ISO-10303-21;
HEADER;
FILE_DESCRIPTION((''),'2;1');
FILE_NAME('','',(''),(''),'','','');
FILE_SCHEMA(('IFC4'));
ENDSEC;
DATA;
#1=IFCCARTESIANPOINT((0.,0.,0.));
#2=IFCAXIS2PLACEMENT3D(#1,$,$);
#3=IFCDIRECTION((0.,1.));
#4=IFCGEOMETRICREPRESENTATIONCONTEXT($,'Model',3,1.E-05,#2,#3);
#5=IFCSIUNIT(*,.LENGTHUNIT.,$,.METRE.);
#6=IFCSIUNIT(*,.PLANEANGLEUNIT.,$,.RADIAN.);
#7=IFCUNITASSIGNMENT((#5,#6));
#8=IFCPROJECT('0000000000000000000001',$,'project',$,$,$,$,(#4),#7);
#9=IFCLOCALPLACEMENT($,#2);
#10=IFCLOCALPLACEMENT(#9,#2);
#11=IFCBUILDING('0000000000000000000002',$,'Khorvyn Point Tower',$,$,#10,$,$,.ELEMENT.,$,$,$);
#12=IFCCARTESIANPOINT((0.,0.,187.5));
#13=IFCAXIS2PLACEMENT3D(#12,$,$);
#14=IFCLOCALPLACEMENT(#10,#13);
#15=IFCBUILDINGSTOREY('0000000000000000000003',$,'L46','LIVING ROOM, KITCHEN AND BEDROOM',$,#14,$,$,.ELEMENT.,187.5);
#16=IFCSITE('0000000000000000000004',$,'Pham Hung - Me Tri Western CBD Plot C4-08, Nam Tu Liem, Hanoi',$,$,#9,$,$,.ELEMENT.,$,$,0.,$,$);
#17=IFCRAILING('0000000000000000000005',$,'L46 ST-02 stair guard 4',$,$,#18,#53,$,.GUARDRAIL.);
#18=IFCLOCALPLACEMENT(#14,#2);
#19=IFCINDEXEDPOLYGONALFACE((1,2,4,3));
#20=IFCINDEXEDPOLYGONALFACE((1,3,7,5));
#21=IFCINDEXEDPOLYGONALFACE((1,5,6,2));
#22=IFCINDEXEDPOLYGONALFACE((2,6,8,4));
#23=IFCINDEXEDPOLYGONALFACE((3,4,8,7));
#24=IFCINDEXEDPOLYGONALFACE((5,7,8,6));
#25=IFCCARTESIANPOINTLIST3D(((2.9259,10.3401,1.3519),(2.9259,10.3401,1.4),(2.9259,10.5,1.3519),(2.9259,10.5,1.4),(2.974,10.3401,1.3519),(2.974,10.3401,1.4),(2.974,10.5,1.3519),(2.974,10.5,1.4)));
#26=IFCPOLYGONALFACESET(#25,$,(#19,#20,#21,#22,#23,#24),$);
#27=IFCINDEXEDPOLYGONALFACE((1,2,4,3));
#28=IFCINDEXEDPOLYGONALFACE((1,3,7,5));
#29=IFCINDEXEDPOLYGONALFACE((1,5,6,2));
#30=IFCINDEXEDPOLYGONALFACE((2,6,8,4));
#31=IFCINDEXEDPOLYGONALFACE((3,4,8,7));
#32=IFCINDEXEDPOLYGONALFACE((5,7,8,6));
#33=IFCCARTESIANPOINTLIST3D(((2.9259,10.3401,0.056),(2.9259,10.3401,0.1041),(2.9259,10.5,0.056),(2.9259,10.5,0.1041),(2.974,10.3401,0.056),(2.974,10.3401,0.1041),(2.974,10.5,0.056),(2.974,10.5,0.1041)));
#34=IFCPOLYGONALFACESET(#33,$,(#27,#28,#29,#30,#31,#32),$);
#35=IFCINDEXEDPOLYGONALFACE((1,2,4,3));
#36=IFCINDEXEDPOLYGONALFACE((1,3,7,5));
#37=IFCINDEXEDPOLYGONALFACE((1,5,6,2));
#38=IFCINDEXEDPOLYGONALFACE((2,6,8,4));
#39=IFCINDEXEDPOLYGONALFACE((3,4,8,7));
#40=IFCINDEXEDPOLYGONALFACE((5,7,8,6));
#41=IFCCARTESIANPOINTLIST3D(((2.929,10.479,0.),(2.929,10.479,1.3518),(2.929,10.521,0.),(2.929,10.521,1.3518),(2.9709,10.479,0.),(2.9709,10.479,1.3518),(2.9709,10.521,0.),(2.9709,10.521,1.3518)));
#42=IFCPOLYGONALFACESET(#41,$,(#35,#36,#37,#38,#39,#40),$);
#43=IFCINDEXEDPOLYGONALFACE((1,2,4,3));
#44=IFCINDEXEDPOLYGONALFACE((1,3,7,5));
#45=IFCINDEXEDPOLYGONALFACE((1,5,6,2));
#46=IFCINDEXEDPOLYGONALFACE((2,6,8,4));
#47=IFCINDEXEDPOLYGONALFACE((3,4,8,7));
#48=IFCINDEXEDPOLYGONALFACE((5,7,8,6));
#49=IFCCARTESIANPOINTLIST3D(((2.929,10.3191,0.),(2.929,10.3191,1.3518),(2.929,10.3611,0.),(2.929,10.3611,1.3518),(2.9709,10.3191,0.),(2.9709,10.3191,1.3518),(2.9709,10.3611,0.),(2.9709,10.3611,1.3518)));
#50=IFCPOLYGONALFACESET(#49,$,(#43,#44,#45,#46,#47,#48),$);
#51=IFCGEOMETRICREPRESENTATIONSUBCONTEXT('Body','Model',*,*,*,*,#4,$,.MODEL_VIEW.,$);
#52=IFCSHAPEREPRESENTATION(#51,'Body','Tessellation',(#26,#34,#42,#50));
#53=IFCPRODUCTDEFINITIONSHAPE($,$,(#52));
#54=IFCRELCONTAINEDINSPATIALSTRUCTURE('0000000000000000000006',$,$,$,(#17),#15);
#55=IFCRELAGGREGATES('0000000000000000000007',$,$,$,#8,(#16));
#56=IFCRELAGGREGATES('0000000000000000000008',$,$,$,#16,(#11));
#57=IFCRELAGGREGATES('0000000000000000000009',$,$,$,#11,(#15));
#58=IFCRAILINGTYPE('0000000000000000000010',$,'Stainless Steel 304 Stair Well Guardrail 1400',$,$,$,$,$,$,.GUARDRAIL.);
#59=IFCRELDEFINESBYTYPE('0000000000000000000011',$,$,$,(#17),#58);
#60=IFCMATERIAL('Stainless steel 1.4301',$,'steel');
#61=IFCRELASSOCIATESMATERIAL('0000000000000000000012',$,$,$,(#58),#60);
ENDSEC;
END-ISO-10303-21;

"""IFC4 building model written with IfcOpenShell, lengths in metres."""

from ifc_helpers import new_model, si_unit, direction, frame, origin, origin_2d, place, context, subcontext, project, spatial, rectangle, extrude, material, type_object, element, save


model = new_model("IFC4")

# Units and contexts
model_context = context("Model", 3, precision=1e-05, world=origin(), true_north=direction((0.0, 1.0)))
body_context = subcontext(model_context, "Body", "Model", "MODEL_VIEW")
ifc_project = project(units=[si_unit("LENGTHUNIT", "METRE"), si_unit("PLANEANGLEUNIT", "RADIAN")], contexts=[model_context])

# Site, building, storey
site_placement = place(None, origin())
site = spatial("IfcSite", under=ifc_project, at=site_placement, Name="Pham Hung - Me Tri Western CBD Plot C4-08, Nam Tu Liem, Hanoi", CompositionType="ELEMENT", RefElevation=0.0)
building_placement = place(site_placement, origin())
building = spatial("IfcBuilding", under=site, at=building_placement, Name="Khorvyn Point Tower", CompositionType="ELEMENT")
storey_placement = place(building_placement, frame((0.0, 0.0, 187.5)))
storey = spatial("IfcBuildingStorey", under=building, at=storey_placement, Name="L46", Description="LIVING ROOM, KITCHEN AND BEDROOM", CompositionType="ELEMENT", Elevation=187.5)

# Shared definitions
ifc_material_1 = material(Name="Stainless steel 1.4301", Category="steel")

# Railing
railing_type_1 = type_object("IfcRailingType", Name="Stainless Steel 304 Stair Well Guardrail 1400", PredefinedType="GUARDRAIL", material=ifc_material_1)
railing_1_placement = place(storey_placement, frame((2.95, 10.5, 0.0)))
element("IfcRailing", 1, at=railing_1_placement, inside=storey, type_object=railing_type_1, Name="L46 ST-02 stair guard 4", PredefinedType="GUARDRAIL", context=body_context, shape_type="SweptSolid", body=[
    extrude(rectangle(XDim=0.0481, YDim=0.0481, at=origin_2d()), frame((0.0, 0.0, 1.376), z_axis=(0.0, -1.0, 0.0), x_axis=(1.0, 0.0, 0.0)), (0.0, 0.0, 1.0), 0.1599),
    extrude(rectangle(XDim=0.0481, YDim=0.0481, at=origin_2d()), frame((0.0, 0.0, 0.0801), z_axis=(0.0, -1.0, 0.0), x_axis=(1.0, 0.0, 0.0)), (0.0, 0.0, 1.0), 0.1599),
    extrude(rectangle(XDim=0.042, YDim=0.042, at=origin_2d()), origin(), (0.0, 0.0, 1.0), 1.3518),
    extrude(rectangle(XDim=0.042, YDim=0.042, at=origin_2d()), frame((0.0, -0.1599, 0.0)), (0.0, 0.0, 1.0), 1.3518),
])

save(model, "model.ifc")
